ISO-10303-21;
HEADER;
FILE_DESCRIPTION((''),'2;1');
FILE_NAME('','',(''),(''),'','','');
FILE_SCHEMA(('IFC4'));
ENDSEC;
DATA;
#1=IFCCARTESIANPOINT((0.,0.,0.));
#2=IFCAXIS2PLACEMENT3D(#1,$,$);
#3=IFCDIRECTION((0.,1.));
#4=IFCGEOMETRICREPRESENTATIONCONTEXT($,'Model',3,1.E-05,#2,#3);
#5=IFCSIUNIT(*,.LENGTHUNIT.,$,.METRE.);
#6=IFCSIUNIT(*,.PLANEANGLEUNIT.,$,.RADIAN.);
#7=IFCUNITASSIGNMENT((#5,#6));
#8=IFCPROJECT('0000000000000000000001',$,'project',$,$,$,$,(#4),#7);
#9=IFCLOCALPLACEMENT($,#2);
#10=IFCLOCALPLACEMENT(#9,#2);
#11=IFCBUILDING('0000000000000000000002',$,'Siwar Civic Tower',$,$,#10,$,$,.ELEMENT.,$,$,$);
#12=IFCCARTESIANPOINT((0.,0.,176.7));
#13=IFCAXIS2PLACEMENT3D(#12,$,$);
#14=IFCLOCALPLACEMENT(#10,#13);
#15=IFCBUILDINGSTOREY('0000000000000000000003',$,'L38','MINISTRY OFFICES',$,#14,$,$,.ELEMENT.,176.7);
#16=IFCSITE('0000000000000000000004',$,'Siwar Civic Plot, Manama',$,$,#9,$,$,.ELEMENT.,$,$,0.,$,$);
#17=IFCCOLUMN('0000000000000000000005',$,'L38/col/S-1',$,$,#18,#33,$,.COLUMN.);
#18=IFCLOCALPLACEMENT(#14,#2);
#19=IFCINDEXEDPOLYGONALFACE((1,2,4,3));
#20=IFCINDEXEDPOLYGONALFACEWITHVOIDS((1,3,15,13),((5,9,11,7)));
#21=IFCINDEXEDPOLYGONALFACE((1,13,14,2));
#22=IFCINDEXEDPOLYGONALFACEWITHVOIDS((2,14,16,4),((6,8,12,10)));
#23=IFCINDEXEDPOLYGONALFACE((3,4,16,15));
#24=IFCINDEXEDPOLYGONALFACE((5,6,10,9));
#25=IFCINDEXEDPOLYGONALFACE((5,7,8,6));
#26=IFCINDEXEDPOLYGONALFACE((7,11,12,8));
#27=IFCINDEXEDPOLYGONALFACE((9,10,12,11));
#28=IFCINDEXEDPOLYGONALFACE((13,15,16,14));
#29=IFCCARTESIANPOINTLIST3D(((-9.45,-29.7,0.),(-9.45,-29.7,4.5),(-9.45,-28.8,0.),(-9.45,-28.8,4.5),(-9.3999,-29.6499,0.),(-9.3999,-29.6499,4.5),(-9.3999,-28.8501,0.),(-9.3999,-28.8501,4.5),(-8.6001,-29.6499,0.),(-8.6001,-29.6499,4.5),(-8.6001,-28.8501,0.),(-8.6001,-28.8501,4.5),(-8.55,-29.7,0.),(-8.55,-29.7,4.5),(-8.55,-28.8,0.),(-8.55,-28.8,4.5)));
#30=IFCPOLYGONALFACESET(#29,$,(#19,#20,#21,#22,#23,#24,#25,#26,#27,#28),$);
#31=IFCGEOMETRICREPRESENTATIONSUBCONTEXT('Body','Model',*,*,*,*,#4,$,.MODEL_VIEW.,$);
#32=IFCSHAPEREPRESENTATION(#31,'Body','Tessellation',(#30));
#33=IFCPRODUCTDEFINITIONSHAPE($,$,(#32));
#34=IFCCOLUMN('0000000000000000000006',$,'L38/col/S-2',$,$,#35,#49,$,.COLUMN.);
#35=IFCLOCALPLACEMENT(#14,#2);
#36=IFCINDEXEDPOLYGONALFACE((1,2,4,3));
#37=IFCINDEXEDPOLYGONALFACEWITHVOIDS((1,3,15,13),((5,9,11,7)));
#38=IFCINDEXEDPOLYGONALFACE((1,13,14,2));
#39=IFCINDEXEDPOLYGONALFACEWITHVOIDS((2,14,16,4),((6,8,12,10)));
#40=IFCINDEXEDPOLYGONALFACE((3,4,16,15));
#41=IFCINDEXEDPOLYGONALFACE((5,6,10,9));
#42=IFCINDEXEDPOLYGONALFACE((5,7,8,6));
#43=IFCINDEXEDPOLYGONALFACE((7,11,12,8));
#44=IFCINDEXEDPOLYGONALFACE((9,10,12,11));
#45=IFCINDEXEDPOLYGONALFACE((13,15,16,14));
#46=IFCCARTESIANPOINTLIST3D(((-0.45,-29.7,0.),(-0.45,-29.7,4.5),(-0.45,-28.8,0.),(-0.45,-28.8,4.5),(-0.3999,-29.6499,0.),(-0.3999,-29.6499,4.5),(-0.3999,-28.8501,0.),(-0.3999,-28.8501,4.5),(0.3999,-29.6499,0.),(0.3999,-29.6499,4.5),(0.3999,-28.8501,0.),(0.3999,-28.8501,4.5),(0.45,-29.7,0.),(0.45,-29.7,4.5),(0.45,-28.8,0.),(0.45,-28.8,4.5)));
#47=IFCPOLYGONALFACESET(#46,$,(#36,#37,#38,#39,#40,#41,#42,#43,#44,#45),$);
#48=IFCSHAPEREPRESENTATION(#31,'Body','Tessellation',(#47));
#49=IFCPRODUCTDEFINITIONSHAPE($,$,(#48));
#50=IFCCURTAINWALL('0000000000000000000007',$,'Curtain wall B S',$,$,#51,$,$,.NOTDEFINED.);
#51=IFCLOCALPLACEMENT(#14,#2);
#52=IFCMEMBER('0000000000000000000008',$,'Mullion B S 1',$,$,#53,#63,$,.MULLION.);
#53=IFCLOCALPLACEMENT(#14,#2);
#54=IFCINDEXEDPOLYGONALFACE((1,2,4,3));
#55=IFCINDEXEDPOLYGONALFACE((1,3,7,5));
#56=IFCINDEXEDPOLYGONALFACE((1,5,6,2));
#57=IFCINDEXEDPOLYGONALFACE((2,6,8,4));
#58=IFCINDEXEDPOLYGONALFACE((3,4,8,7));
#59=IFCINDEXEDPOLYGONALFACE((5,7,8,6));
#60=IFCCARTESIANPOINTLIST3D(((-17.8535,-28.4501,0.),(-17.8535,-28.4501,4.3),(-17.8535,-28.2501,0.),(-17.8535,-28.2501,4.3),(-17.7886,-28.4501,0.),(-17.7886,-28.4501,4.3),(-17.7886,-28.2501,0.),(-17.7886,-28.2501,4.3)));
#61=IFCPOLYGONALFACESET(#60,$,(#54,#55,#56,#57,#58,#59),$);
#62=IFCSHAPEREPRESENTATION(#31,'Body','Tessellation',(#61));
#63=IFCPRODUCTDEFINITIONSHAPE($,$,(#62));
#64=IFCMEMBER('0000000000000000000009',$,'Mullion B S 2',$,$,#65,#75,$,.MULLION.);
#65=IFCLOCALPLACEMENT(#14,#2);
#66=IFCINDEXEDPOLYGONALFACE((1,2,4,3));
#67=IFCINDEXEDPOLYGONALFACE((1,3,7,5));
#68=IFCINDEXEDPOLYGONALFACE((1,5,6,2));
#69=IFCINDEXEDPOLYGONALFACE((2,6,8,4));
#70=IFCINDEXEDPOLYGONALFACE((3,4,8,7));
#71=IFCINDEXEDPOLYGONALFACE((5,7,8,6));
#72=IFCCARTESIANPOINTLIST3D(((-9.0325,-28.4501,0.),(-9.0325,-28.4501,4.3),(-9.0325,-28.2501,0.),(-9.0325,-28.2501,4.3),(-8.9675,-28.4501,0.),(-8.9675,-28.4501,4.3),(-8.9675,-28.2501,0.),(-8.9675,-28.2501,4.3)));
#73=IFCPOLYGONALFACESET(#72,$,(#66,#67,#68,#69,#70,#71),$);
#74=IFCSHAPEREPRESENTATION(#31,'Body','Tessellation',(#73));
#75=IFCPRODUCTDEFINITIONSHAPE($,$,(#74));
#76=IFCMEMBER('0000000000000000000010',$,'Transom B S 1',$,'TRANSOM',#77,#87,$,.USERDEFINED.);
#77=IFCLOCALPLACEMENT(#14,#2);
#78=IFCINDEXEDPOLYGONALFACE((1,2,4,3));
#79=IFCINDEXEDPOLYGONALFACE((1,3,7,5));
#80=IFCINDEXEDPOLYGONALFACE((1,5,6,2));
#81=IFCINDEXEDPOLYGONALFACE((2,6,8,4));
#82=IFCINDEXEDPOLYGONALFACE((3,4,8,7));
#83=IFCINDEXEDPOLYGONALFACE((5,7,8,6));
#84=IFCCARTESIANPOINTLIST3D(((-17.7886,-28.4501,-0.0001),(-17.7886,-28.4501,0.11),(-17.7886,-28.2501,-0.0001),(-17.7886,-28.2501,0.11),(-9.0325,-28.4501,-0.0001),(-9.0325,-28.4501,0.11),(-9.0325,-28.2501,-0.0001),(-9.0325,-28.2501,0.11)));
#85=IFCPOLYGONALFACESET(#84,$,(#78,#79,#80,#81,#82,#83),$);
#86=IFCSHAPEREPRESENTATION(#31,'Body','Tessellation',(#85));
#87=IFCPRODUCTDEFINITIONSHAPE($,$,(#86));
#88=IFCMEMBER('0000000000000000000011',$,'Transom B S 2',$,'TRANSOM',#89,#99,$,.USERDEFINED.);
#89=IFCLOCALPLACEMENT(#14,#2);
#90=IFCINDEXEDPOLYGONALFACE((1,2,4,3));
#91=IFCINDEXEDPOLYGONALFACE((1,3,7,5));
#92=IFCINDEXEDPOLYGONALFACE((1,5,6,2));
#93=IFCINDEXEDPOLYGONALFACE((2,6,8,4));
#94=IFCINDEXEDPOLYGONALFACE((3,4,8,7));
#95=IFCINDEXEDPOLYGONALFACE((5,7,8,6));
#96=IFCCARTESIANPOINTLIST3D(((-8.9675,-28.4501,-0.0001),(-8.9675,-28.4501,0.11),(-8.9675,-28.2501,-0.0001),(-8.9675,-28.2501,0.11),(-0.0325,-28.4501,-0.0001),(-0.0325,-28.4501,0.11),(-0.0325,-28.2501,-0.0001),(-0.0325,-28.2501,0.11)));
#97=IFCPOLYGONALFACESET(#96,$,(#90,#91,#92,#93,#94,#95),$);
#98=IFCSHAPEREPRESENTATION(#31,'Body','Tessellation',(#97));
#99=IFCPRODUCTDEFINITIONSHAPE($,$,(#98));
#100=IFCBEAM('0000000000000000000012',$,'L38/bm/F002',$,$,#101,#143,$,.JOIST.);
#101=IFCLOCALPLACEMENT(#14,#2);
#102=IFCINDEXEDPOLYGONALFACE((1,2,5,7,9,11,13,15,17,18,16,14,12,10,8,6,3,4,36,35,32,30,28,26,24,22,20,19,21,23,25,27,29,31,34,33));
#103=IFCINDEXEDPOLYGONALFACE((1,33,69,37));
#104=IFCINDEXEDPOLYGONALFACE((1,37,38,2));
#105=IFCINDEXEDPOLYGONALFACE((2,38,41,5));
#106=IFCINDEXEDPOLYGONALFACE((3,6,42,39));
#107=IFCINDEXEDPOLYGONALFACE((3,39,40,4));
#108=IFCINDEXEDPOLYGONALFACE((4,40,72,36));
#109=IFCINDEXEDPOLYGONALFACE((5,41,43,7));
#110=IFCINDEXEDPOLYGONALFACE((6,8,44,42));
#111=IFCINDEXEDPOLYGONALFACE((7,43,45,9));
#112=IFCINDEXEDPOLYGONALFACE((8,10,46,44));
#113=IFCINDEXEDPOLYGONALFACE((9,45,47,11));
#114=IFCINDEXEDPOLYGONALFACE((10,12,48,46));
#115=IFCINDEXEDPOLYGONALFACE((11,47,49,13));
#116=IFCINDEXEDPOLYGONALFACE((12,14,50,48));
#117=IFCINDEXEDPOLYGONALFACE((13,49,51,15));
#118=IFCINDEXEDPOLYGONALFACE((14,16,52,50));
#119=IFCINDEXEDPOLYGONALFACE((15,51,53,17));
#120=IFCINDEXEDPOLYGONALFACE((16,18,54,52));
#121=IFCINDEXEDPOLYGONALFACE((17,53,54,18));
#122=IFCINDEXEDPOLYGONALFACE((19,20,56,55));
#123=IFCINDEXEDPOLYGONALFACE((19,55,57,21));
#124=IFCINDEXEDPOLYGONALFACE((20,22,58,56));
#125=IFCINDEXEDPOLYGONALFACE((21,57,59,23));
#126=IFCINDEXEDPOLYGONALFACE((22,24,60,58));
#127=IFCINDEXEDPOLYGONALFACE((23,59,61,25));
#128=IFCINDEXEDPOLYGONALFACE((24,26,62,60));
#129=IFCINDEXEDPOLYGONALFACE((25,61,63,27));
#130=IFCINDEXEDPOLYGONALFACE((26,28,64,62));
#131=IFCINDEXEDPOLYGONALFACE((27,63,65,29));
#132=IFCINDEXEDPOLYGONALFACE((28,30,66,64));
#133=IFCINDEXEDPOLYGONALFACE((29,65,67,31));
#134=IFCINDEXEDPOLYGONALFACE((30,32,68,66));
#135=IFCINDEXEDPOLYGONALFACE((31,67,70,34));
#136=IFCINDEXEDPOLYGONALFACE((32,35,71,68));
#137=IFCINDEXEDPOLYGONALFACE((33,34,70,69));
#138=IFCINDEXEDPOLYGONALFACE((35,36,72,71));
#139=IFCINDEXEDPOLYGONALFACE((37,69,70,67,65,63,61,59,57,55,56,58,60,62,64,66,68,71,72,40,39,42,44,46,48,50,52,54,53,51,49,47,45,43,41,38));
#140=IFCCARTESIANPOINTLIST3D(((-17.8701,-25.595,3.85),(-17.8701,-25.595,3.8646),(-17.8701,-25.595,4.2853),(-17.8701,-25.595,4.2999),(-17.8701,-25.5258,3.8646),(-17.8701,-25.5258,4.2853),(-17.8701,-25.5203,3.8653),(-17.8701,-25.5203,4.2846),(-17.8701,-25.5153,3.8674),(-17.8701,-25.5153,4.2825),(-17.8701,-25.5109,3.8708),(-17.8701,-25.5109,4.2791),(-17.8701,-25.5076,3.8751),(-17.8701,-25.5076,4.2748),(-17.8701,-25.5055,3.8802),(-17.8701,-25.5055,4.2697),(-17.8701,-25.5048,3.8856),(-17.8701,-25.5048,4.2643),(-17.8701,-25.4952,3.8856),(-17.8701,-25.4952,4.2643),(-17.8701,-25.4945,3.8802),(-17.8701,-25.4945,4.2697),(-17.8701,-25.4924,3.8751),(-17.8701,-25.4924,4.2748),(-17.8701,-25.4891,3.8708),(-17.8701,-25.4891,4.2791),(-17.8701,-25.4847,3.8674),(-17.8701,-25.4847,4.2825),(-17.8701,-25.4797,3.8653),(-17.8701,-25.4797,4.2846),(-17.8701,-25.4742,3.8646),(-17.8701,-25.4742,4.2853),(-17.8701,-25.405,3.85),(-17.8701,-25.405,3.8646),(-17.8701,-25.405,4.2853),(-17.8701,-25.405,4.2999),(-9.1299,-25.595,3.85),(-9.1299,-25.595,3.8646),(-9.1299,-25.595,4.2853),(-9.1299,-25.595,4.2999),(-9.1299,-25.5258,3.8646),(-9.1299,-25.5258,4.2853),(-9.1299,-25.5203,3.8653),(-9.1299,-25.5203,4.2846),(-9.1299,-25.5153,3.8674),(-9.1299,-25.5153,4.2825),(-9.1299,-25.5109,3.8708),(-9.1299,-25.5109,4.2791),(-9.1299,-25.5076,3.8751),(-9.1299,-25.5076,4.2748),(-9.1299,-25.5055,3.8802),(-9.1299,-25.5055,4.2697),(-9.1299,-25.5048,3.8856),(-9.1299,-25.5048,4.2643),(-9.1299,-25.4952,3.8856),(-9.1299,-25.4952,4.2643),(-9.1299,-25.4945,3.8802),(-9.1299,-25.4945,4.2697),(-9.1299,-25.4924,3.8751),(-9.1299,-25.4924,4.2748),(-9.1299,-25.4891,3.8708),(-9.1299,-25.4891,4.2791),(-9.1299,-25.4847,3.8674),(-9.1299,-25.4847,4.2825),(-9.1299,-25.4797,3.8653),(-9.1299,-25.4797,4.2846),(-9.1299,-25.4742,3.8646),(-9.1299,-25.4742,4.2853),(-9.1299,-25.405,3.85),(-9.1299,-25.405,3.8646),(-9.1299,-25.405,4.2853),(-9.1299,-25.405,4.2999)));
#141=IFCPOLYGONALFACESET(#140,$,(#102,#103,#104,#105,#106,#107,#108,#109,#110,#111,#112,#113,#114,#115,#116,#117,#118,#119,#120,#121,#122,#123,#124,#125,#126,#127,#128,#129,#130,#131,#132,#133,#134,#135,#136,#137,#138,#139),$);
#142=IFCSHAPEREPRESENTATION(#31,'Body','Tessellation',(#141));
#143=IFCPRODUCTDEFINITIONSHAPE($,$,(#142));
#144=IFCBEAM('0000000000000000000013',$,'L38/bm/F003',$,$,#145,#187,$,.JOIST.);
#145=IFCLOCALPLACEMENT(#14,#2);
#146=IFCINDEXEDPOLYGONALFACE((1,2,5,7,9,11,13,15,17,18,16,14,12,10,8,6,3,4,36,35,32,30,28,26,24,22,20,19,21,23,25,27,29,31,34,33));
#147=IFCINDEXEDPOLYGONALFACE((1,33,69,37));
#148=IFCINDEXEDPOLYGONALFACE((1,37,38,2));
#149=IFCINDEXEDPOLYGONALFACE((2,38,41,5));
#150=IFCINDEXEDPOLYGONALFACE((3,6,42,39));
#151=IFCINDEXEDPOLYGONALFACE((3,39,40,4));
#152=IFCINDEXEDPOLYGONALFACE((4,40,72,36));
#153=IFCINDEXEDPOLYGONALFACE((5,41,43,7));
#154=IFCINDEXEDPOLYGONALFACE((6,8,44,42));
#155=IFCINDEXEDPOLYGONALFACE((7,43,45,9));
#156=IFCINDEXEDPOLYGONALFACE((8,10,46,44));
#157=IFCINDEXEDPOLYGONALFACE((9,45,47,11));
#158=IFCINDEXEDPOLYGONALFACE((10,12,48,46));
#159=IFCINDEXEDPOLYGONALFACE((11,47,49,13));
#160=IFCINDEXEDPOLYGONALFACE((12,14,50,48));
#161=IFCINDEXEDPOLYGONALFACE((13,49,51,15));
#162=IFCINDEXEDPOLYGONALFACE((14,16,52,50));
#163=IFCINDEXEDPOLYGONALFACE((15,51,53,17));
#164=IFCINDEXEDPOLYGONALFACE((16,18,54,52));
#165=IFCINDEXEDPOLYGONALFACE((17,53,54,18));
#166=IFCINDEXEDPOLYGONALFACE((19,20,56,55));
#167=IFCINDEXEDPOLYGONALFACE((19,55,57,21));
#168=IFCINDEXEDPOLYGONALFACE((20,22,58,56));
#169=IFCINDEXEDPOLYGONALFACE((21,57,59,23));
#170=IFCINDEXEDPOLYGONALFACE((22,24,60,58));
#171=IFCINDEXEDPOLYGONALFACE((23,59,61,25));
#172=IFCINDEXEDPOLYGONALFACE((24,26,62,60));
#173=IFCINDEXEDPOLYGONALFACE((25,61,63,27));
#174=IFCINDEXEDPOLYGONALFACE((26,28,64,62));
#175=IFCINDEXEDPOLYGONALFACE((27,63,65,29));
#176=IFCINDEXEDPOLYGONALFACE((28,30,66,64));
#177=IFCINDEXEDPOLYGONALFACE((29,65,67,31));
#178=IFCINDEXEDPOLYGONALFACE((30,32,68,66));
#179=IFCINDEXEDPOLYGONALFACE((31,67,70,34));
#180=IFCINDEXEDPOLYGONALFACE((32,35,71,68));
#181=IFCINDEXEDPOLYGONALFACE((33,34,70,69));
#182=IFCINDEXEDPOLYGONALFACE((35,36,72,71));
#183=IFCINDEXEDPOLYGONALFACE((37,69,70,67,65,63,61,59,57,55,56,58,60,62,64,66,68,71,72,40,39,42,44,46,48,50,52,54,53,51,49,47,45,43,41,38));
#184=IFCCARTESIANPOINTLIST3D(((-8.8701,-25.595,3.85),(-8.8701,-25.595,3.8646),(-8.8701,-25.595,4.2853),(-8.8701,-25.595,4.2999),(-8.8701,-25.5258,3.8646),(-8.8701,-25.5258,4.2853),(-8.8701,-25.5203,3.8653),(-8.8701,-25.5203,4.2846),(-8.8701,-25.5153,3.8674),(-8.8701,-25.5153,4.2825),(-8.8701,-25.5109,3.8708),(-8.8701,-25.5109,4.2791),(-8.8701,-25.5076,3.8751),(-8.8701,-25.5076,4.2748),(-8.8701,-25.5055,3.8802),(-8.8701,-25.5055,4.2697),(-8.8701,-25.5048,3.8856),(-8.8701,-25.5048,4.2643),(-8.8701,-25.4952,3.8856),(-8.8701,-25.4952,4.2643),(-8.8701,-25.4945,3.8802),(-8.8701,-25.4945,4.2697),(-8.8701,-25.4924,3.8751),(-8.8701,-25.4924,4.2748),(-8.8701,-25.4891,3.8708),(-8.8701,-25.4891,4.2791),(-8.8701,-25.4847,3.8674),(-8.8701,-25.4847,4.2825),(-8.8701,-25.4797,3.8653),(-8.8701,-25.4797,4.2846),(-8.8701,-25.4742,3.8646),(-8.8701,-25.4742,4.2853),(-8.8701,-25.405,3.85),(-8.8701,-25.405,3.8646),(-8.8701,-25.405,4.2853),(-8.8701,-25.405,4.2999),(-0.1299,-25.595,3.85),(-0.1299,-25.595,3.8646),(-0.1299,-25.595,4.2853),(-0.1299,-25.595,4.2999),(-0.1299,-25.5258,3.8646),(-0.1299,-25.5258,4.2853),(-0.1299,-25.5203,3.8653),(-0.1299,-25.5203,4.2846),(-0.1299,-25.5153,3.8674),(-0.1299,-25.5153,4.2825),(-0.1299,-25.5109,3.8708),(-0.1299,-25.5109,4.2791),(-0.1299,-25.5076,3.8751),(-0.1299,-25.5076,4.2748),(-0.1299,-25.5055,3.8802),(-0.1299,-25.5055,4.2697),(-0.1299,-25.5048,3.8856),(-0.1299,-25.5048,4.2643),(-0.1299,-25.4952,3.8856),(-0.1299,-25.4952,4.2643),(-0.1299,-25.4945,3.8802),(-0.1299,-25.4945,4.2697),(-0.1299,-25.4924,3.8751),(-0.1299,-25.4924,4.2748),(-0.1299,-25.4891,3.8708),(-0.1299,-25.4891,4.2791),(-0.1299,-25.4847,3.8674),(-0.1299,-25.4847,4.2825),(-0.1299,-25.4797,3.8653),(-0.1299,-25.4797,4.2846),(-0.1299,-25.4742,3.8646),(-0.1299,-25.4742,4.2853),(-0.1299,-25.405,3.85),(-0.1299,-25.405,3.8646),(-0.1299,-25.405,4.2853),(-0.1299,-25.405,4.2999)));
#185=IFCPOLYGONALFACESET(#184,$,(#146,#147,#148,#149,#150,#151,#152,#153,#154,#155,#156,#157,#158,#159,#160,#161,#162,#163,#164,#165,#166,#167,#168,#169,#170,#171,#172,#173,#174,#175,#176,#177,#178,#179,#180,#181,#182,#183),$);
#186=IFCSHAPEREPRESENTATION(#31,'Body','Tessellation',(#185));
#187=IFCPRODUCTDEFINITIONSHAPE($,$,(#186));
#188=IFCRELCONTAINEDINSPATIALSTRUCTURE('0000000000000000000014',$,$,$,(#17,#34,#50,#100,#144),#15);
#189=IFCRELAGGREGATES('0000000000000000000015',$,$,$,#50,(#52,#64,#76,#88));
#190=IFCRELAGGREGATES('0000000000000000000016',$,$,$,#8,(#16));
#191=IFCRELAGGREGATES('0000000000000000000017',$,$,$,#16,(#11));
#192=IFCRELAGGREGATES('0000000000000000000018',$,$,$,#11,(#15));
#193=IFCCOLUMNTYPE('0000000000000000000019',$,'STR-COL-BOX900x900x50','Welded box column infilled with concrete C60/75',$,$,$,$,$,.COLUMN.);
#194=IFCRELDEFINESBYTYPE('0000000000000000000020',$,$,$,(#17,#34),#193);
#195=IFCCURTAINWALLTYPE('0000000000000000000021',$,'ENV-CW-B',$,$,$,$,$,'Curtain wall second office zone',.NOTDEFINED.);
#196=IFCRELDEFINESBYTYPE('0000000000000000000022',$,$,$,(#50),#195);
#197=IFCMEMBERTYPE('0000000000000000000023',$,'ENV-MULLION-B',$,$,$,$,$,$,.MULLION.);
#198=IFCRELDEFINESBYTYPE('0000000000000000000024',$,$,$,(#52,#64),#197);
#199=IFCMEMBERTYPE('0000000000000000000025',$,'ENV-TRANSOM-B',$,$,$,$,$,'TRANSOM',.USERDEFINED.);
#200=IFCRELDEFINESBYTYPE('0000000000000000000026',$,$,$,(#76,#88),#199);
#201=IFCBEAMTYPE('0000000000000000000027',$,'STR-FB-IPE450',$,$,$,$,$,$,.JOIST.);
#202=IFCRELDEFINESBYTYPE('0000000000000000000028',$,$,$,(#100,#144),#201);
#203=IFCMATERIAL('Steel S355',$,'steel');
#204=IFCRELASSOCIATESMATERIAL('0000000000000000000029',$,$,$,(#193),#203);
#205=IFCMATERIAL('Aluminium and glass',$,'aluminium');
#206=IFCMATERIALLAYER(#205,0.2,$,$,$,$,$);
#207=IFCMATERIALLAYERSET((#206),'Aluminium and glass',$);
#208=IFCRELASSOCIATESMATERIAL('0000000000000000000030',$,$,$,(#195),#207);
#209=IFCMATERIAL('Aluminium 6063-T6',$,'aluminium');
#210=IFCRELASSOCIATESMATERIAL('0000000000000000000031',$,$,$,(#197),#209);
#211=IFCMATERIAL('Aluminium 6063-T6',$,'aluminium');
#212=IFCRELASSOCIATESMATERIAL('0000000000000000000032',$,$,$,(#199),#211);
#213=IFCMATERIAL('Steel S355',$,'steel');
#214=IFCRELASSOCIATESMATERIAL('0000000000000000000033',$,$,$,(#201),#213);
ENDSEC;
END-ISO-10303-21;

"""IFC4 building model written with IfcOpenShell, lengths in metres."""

from ifc_helpers import new_model, si_unit, direction, frame, origin, origin_2d, place, context, subcontext, project, spatial, rectangle, hollow_rectangle, i_section, extrude, material, layer, layer_set, material_profile, profile_set, type_object, element, aggregate, save


model = new_model("IFC4")

# Units and contexts
model_context = context("Model", 3, precision=1e-05, world=origin(), true_north=direction((0.0, 1.0)))
body_context = subcontext(model_context, "Body", "Model", "MODEL_VIEW")
ifc_project = project(units=[si_unit("LENGTHUNIT", "METRE"), si_unit("PLANEANGLEUNIT", "RADIAN")], contexts=[model_context])

# Site, building, storey
site_placement = place(None, origin())
site = spatial("IfcSite", under=ifc_project, at=site_placement, Name="Siwar Civic Plot, Manama", CompositionType="ELEMENT", RefElevation=0.0)
building_placement = place(site_placement, origin())
building = spatial("IfcBuilding", under=site, at=building_placement, Name="Siwar Civic Tower", CompositionType="ELEMENT")
storey_placement = place(building_placement, frame((0.0, 0.0, 176.7)))
storey = spatial("IfcBuildingStorey", under=building, at=storey_placement, Name="L38", Description="MINISTRY OFFICES", CompositionType="ELEMENT", Elevation=176.7)

# Columns
ifc_material_1 = material(Name="Steel S355", Category="steel")
ifc_material_profile_1 = material_profile(ifc_material_1, hollow_rectangle(XDim=0.8999, YDim=0.8999, WallThickness=0.05, at=origin_2d()), Name="BOX900x900x50")
ifc_profile_set_1 = profile_set([ifc_material_profile_1], Name="Steel S355")
column_type = type_object("IfcColumnType", Name="STR-COL-BOX900x900x50", Description="Welded box column infilled with concrete C60/75", PredefinedType="COLUMN", material=ifc_profile_set_1)
for number, where, z_axis, x_axis, name in (
    (1, (-9.0, -29.25, 0.0), (0.0, 0.0, 1.0), (1.0, 0.0, 0.0), "L38/col/S-1"),
    (2, (0.0, -29.25, 0.0), (0.0, 0.0, 1.0), (1.0, 0.0, 0.0), "L38/col/S-2"),
):
    element("IfcColumn", number, at=place(storey_placement, frame(where, z_axis=z_axis, x_axis=x_axis)), inside=storey, type_object=column_type, Name=name, PredefinedType="COLUMN", context=body_context, shape_type="SweptSolid", body=[
        extrude(hollow_rectangle(XDim=0.8999, YDim=0.8999, WallThickness=0.05, at=origin_2d()), origin(), (0.0, 0.0, 1.0), 4.5),
    ])

# Curtain wall, members
ifc_material_2 = material(Name="Aluminium and glass", Category="aluminium")
ifc_layer_1 = layer(ifc_material_2, 0.2)
ifc_layer_set_1 = layer_set([ifc_layer_1], Name="Aluminium and glass")
curtain_wall_type = type_object("IfcCurtainWallType", Name="ENV-CW-B", ElementType="Curtain wall second office zone", PredefinedType="NOTDEFINED", material=ifc_layer_set_1)
curtain_wall_placement = place(storey_placement, origin())
curtain_wall = element("IfcCurtainWall", 3, at=curtain_wall_placement, inside=storey, type_object=curtain_wall_type, Name="Curtain wall B S", PredefinedType="NOTDEFINED")
ifc_material_3 = material(Name="Aluminium 6063-T6", Category="aluminium")
ifc_material_profile_2 = material_profile(ifc_material_3, rectangle(XDim=0.2, YDim=0.0649, at=origin_2d()), Name="AL 200x65")
ifc_profile_set_2 = profile_set([ifc_material_profile_2], Name="Aluminium 6063-T6")
member_type_1 = type_object("IfcMemberType", Name="ENV-MULLION-B", PredefinedType="MULLION", material=ifc_profile_set_2)
member_1_placement = place(storey_placement, frame((-17.821, -28.3501, 0.0), z_axis=(0.0, 0.0, 1.0), x_axis=(0.0, 1.0, 0.0)))
member_1 = element("IfcMember", 4, at=member_1_placement, type_object=member_type_1, Name="Mullion B S 1", PredefinedType="MULLION", context=body_context, shape_type="SweptSolid", body=[
    extrude(rectangle(XDim=0.2, YDim=0.0649, at=origin_2d()), origin(), (0.0, 0.0, 1.0), 4.3),
])
member_2_placement = place(storey_placement, frame((-9.0, -28.3501, 0.0), z_axis=(0.0, 0.0, 1.0), x_axis=(0.0, 1.0, 0.0)))
member_2 = element("IfcMember", 5, at=member_2_placement, type_object=member_type_1, Name="Mullion B S 2", PredefinedType="MULLION", context=body_context, shape_type="SweptSolid", body=[
    extrude(rectangle(XDim=0.2, YDim=0.0649, at=origin_2d()), origin(), (0.0, 0.0, 1.0), 4.3),
])
ifc_material_4 = material(Name="Aluminium 6063-T6", Category="aluminium")
ifc_material_profile_3 = material_profile(ifc_material_4, rectangle(XDim=0.2, YDim=0.1101, at=origin_2d()), Name="AL 200x110")
ifc_profile_set_3 = profile_set([ifc_material_profile_3], Name="Aluminium 6063-T6")
member_type_2 = type_object("IfcMemberType", Name="ENV-TRANSOM-B", ElementType="TRANSOM", PredefinedType="USERDEFINED", material=ifc_profile_set_3)
member_3_placement = place(storey_placement, frame((-17.7886, -28.3501, 0.0549), z_axis=(1.0, 0.0, 0.0), x_axis=(0.0, 1.0, 0.0)))
member_3 = element("IfcMember", 6, at=member_3_placement, type_object=member_type_2, Name="Transom B S 1", ObjectType="TRANSOM", PredefinedType="USERDEFINED", context=body_context, shape_type="SweptSolid", body=[
    extrude(rectangle(XDim=0.2, YDim=0.1101, at=origin_2d()), origin(), (0.0, 0.0, 1.0), 8.7561),
])
member_4_placement = place(storey_placement, frame((-8.9675, -28.3501, 0.0549), z_axis=(1.0, 0.0, 0.0), x_axis=(0.0, 1.0, 0.0)))
member_4 = element("IfcMember", 7, at=member_4_placement, type_object=member_type_2, Name="Transom B S 2", ObjectType="TRANSOM", PredefinedType="USERDEFINED", context=body_context, shape_type="SweptSolid", body=[
    extrude(rectangle(XDim=0.2, YDim=0.1101, at=origin_2d()), origin(), (0.0, 0.0, 1.0), 8.9351),
])

# Beams
ifc_material_5 = material(Name="Steel S355", Category="steel")
ifc_material_profile_4 = material_profile(ifc_material_5, i_section(OverallWidth=0.1899, OverallDepth=0.45, WebThickness=0.0095, FlangeThickness=0.0146, FilletRadius=0.021, at=origin_2d()), Name="IPE450")
ifc_profile_set_4 = profile_set([ifc_material_profile_4], Name="Steel S355")
beam_type_1 = type_object("IfcBeamType", Name="STR-FB-IPE450", PredefinedType="JOIST", material=ifc_profile_set_4)
for number, where, z_axis, x_axis, name in (
    (8, (-17.8701, -25.5, 4.075), (1.0, 0.0, 0.0), (0.0, 1.0, 0.0), "L38/bm/F002"),
    (9, (-8.8701, -25.5, 4.075), (1.0, 0.0, 0.0), (0.0, 1.0, 0.0), "L38/bm/F003"),
):
    element("IfcBeam", number, at=place(storey_placement, frame(where, z_axis=z_axis, x_axis=x_axis)), inside=storey, type_object=beam_type_1, Name=name, PredefinedType="JOIST", context=body_context, shape_type="SweptSolid", body=[
        extrude(i_section(OverallWidth=0.1899, OverallDepth=0.45, WebThickness=0.0095, FlangeThickness=0.0146, FilletRadius=0.021, at=origin_2d()), origin(), (0.0, 0.0, 1.0), 8.7402),
    ])

aggregate(curtain_wall, [member_1, member_2, member_3, member_4])

save(model, "model.ifc")
